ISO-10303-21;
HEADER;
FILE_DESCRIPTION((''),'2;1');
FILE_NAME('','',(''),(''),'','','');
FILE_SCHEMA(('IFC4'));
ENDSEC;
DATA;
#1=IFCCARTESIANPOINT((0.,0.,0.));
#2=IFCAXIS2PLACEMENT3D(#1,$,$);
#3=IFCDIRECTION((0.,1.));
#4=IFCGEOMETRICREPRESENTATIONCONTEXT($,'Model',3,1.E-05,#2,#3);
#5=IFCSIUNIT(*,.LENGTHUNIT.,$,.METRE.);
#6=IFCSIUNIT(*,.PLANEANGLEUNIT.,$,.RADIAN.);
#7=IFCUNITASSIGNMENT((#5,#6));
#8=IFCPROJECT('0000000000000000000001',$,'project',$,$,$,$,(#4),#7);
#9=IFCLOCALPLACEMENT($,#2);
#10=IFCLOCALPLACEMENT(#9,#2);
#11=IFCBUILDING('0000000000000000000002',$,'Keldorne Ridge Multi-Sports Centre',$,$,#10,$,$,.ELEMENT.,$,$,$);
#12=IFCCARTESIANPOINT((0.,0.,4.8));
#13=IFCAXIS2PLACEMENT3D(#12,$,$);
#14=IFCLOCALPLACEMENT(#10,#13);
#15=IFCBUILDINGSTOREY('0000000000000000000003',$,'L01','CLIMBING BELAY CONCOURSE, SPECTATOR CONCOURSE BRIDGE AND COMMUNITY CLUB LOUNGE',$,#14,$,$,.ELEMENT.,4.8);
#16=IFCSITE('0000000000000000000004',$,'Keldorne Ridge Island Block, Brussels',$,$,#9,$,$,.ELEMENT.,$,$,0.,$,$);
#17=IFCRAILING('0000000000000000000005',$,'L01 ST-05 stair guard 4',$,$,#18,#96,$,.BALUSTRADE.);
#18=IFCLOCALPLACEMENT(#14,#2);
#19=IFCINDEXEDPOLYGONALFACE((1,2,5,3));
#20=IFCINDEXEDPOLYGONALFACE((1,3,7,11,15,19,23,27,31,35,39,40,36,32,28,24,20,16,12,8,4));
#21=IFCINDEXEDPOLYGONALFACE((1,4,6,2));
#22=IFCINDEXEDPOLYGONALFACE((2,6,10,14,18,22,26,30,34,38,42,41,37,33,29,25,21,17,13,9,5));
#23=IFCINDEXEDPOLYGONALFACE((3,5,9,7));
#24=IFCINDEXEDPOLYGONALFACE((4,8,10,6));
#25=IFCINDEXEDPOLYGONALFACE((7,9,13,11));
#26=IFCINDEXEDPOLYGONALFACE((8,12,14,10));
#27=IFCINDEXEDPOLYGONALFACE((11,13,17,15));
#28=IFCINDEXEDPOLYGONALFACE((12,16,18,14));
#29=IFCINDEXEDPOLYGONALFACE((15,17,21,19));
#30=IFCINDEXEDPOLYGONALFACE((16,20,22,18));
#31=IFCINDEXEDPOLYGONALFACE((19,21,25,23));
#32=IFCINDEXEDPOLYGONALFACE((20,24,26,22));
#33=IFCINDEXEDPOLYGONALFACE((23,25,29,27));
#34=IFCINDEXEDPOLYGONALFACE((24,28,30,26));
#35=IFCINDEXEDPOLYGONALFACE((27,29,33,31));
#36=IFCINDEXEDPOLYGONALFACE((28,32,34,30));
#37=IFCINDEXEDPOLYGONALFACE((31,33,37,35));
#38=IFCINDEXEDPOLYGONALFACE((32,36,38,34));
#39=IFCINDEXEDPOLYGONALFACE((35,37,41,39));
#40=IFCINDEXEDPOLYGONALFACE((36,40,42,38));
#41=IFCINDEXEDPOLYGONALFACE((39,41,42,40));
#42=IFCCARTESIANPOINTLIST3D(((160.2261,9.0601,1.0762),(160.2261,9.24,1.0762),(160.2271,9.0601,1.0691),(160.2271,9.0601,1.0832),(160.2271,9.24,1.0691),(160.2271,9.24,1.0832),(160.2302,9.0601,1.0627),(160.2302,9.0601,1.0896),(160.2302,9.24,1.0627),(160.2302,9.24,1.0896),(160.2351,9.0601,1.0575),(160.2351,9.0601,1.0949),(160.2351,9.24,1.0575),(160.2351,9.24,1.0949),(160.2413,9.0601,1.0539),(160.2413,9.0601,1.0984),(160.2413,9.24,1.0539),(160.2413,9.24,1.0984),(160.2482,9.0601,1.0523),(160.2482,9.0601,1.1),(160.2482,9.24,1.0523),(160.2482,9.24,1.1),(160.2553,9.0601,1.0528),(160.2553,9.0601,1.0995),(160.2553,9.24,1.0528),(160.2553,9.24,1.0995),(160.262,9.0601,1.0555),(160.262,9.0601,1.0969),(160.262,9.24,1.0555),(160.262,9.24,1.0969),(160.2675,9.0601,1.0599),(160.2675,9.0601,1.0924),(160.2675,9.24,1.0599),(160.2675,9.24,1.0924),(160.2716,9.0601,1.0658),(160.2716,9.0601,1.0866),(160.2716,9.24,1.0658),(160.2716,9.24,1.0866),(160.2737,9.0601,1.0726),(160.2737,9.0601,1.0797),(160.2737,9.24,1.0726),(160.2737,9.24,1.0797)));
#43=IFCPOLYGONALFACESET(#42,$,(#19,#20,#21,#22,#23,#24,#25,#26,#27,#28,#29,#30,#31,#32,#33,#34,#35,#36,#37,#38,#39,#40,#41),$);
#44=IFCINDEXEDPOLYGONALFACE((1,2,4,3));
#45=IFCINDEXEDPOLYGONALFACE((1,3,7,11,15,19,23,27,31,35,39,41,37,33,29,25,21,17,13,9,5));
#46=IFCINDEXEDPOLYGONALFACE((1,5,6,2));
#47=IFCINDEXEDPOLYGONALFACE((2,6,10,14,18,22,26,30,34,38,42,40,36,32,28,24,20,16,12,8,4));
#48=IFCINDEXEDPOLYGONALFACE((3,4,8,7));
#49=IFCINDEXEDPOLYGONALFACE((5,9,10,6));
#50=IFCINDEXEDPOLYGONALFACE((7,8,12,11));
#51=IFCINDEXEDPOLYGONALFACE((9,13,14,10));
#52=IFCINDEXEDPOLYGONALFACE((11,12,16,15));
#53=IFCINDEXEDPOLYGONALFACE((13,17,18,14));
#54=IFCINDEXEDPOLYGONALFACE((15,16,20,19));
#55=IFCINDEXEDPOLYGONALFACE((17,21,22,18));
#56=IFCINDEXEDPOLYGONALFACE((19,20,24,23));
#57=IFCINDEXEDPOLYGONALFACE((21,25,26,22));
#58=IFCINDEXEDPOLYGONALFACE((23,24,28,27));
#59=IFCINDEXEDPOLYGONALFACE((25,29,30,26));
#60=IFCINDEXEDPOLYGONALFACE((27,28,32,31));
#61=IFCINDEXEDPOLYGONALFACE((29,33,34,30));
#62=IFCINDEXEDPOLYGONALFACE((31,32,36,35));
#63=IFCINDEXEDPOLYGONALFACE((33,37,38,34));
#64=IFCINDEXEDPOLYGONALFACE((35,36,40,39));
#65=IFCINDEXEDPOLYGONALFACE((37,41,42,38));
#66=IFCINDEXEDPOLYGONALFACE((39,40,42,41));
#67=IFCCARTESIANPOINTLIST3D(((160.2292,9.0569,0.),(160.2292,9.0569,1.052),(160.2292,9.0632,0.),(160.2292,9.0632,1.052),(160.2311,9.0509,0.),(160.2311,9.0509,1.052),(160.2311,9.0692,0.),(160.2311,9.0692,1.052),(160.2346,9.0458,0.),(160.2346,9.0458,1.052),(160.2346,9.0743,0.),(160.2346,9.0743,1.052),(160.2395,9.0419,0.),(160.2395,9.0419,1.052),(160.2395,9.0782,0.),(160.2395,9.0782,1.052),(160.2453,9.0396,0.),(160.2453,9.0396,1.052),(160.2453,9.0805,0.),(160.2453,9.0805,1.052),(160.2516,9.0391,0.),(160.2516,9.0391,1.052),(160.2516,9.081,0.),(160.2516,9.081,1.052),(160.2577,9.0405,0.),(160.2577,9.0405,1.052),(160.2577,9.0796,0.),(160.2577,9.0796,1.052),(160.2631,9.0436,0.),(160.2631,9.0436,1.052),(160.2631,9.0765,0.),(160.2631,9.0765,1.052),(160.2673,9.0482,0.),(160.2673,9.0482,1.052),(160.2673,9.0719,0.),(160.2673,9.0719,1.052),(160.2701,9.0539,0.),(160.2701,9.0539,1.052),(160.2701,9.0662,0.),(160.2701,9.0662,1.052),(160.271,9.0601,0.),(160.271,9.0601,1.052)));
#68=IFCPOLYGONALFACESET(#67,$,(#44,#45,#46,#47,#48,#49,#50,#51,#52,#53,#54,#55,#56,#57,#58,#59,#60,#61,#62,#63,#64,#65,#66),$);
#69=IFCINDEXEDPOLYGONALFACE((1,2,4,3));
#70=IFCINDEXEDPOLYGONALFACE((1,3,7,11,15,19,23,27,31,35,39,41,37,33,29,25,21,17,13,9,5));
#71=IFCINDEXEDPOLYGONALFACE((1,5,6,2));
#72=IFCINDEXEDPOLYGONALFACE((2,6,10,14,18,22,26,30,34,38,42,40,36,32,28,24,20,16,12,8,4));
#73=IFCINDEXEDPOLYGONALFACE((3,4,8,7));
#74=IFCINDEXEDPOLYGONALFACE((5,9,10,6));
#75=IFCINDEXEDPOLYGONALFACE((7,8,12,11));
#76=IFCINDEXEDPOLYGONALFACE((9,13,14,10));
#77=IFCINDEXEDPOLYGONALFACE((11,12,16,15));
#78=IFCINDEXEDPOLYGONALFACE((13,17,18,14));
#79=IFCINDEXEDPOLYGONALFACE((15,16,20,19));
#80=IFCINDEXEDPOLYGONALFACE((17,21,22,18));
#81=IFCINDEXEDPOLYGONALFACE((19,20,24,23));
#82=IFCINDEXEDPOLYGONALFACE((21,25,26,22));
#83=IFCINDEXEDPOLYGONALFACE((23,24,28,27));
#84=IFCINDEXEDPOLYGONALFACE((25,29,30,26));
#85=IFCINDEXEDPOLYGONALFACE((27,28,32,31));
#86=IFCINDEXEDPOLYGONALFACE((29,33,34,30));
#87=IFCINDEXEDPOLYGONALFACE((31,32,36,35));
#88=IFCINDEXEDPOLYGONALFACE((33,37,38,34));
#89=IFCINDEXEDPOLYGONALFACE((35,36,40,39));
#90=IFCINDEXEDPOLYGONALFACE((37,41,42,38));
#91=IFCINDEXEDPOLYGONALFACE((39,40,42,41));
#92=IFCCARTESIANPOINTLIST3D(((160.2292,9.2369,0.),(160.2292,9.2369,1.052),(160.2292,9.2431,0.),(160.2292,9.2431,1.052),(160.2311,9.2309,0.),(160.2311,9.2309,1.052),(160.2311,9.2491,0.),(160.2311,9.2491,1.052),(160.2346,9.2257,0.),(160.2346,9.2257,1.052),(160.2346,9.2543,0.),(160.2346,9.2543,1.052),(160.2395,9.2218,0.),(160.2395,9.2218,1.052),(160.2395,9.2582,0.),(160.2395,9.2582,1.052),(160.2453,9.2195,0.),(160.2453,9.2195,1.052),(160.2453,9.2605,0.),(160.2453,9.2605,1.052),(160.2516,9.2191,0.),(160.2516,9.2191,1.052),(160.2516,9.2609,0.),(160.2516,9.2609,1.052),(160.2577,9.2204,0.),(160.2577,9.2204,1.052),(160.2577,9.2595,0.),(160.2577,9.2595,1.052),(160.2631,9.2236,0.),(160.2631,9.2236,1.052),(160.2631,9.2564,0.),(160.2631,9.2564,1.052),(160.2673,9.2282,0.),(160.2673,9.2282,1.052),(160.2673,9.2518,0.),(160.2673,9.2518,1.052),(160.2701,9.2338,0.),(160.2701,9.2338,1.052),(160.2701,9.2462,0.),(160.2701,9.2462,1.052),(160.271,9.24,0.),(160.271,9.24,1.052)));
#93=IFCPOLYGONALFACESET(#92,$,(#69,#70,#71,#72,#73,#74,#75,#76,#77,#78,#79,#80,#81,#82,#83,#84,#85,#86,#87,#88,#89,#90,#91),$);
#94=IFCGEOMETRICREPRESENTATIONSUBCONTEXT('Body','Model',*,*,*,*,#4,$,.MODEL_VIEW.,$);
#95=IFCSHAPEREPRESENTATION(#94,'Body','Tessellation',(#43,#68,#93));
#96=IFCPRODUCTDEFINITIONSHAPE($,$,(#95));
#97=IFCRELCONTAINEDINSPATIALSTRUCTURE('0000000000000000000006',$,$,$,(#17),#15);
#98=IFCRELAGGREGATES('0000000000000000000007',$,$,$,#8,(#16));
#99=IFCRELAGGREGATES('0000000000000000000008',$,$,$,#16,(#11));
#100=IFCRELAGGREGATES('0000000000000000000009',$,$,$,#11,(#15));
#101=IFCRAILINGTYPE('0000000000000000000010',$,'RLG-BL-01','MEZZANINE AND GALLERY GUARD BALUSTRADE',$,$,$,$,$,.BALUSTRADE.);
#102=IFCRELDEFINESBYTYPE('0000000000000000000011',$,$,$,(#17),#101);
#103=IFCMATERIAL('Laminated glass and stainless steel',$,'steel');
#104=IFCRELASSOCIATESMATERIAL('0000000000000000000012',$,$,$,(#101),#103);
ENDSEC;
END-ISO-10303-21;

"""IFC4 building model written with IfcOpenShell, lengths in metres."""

from ifc_helpers import new_model, si_unit, direction, frame, origin, origin_2d, place, context, subcontext, project, spatial, circle, extrude, material, type_object, element, save


model = new_model("IFC4")

# Units and contexts
model_context = context("Model", 3, precision=1e-05, world=origin(), true_north=direction((0.0, 1.0)))
body_context = subcontext(model_context, "Body", "Model", "MODEL_VIEW")
ifc_project = project(units=[si_unit("LENGTHUNIT", "METRE"), si_unit("PLANEANGLEUNIT", "RADIAN")], contexts=[model_context])

# Site, building, storey
site_placement = place(None, origin())
site = spatial("IfcSite", under=ifc_project, at=site_placement, Name="Keldorne Ridge Island Block, Brussels", CompositionType="ELEMENT", RefElevation=0.0)
building_placement = place(site_placement, origin())
building = spatial("IfcBuilding", under=site, at=building_placement, Name="Keldorne Ridge Multi-Sports Centre", CompositionType="ELEMENT")
storey_placement = place(building_placement, frame((0.0, 0.0, 4.8)))
storey = spatial("IfcBuildingStorey", under=building, at=storey_placement, Name="L01", Description="CLIMBING BELAY CONCOURSE, SPECTATOR CONCOURSE BRIDGE AND COMMUNITY CLUB LOUNGE", CompositionType="ELEMENT", Elevation=4.8)

# Railing
ifc_material_1 = material(Name="Laminated glass and stainless steel", Category="steel")
railing_type_1 = type_object("IfcRailingType", Name="RLG-BL-01", Description="MEZZANINE AND GALLERY GUARD BALUSTRADE", PredefinedType="BALUSTRADE", material=ifc_material_1)
railing_1_placement = place(storey_placement, frame((160.25, 9.0601, 0.0)))
element("IfcRailing", 1, at=railing_1_placement, inside=storey, type_object=railing_type_1, Name="L01 ST-05 stair guard 4", PredefinedType="BALUSTRADE", context=body_context, shape_type="SweptSolid", body=[
    extrude(circle(Radius=0.0239, at=origin_2d()), frame((0.0, 0.0, 1.0762), z_axis=(0.0, 1.0, 0.0), x_axis=(-1.0, 0.0, 0.0)), (0.0, 0.0, 1.0), 0.1799),
    extrude(circle(Radius=0.021, at=origin_2d()), origin(), (0.0, 0.0, 1.0), 1.052),
    extrude(circle(Radius=0.021, at=origin_2d()), frame((0.0, 0.1799, 0.0)), (0.0, 0.0, 1.0), 1.052),
])

save(model, "model.ifc")
